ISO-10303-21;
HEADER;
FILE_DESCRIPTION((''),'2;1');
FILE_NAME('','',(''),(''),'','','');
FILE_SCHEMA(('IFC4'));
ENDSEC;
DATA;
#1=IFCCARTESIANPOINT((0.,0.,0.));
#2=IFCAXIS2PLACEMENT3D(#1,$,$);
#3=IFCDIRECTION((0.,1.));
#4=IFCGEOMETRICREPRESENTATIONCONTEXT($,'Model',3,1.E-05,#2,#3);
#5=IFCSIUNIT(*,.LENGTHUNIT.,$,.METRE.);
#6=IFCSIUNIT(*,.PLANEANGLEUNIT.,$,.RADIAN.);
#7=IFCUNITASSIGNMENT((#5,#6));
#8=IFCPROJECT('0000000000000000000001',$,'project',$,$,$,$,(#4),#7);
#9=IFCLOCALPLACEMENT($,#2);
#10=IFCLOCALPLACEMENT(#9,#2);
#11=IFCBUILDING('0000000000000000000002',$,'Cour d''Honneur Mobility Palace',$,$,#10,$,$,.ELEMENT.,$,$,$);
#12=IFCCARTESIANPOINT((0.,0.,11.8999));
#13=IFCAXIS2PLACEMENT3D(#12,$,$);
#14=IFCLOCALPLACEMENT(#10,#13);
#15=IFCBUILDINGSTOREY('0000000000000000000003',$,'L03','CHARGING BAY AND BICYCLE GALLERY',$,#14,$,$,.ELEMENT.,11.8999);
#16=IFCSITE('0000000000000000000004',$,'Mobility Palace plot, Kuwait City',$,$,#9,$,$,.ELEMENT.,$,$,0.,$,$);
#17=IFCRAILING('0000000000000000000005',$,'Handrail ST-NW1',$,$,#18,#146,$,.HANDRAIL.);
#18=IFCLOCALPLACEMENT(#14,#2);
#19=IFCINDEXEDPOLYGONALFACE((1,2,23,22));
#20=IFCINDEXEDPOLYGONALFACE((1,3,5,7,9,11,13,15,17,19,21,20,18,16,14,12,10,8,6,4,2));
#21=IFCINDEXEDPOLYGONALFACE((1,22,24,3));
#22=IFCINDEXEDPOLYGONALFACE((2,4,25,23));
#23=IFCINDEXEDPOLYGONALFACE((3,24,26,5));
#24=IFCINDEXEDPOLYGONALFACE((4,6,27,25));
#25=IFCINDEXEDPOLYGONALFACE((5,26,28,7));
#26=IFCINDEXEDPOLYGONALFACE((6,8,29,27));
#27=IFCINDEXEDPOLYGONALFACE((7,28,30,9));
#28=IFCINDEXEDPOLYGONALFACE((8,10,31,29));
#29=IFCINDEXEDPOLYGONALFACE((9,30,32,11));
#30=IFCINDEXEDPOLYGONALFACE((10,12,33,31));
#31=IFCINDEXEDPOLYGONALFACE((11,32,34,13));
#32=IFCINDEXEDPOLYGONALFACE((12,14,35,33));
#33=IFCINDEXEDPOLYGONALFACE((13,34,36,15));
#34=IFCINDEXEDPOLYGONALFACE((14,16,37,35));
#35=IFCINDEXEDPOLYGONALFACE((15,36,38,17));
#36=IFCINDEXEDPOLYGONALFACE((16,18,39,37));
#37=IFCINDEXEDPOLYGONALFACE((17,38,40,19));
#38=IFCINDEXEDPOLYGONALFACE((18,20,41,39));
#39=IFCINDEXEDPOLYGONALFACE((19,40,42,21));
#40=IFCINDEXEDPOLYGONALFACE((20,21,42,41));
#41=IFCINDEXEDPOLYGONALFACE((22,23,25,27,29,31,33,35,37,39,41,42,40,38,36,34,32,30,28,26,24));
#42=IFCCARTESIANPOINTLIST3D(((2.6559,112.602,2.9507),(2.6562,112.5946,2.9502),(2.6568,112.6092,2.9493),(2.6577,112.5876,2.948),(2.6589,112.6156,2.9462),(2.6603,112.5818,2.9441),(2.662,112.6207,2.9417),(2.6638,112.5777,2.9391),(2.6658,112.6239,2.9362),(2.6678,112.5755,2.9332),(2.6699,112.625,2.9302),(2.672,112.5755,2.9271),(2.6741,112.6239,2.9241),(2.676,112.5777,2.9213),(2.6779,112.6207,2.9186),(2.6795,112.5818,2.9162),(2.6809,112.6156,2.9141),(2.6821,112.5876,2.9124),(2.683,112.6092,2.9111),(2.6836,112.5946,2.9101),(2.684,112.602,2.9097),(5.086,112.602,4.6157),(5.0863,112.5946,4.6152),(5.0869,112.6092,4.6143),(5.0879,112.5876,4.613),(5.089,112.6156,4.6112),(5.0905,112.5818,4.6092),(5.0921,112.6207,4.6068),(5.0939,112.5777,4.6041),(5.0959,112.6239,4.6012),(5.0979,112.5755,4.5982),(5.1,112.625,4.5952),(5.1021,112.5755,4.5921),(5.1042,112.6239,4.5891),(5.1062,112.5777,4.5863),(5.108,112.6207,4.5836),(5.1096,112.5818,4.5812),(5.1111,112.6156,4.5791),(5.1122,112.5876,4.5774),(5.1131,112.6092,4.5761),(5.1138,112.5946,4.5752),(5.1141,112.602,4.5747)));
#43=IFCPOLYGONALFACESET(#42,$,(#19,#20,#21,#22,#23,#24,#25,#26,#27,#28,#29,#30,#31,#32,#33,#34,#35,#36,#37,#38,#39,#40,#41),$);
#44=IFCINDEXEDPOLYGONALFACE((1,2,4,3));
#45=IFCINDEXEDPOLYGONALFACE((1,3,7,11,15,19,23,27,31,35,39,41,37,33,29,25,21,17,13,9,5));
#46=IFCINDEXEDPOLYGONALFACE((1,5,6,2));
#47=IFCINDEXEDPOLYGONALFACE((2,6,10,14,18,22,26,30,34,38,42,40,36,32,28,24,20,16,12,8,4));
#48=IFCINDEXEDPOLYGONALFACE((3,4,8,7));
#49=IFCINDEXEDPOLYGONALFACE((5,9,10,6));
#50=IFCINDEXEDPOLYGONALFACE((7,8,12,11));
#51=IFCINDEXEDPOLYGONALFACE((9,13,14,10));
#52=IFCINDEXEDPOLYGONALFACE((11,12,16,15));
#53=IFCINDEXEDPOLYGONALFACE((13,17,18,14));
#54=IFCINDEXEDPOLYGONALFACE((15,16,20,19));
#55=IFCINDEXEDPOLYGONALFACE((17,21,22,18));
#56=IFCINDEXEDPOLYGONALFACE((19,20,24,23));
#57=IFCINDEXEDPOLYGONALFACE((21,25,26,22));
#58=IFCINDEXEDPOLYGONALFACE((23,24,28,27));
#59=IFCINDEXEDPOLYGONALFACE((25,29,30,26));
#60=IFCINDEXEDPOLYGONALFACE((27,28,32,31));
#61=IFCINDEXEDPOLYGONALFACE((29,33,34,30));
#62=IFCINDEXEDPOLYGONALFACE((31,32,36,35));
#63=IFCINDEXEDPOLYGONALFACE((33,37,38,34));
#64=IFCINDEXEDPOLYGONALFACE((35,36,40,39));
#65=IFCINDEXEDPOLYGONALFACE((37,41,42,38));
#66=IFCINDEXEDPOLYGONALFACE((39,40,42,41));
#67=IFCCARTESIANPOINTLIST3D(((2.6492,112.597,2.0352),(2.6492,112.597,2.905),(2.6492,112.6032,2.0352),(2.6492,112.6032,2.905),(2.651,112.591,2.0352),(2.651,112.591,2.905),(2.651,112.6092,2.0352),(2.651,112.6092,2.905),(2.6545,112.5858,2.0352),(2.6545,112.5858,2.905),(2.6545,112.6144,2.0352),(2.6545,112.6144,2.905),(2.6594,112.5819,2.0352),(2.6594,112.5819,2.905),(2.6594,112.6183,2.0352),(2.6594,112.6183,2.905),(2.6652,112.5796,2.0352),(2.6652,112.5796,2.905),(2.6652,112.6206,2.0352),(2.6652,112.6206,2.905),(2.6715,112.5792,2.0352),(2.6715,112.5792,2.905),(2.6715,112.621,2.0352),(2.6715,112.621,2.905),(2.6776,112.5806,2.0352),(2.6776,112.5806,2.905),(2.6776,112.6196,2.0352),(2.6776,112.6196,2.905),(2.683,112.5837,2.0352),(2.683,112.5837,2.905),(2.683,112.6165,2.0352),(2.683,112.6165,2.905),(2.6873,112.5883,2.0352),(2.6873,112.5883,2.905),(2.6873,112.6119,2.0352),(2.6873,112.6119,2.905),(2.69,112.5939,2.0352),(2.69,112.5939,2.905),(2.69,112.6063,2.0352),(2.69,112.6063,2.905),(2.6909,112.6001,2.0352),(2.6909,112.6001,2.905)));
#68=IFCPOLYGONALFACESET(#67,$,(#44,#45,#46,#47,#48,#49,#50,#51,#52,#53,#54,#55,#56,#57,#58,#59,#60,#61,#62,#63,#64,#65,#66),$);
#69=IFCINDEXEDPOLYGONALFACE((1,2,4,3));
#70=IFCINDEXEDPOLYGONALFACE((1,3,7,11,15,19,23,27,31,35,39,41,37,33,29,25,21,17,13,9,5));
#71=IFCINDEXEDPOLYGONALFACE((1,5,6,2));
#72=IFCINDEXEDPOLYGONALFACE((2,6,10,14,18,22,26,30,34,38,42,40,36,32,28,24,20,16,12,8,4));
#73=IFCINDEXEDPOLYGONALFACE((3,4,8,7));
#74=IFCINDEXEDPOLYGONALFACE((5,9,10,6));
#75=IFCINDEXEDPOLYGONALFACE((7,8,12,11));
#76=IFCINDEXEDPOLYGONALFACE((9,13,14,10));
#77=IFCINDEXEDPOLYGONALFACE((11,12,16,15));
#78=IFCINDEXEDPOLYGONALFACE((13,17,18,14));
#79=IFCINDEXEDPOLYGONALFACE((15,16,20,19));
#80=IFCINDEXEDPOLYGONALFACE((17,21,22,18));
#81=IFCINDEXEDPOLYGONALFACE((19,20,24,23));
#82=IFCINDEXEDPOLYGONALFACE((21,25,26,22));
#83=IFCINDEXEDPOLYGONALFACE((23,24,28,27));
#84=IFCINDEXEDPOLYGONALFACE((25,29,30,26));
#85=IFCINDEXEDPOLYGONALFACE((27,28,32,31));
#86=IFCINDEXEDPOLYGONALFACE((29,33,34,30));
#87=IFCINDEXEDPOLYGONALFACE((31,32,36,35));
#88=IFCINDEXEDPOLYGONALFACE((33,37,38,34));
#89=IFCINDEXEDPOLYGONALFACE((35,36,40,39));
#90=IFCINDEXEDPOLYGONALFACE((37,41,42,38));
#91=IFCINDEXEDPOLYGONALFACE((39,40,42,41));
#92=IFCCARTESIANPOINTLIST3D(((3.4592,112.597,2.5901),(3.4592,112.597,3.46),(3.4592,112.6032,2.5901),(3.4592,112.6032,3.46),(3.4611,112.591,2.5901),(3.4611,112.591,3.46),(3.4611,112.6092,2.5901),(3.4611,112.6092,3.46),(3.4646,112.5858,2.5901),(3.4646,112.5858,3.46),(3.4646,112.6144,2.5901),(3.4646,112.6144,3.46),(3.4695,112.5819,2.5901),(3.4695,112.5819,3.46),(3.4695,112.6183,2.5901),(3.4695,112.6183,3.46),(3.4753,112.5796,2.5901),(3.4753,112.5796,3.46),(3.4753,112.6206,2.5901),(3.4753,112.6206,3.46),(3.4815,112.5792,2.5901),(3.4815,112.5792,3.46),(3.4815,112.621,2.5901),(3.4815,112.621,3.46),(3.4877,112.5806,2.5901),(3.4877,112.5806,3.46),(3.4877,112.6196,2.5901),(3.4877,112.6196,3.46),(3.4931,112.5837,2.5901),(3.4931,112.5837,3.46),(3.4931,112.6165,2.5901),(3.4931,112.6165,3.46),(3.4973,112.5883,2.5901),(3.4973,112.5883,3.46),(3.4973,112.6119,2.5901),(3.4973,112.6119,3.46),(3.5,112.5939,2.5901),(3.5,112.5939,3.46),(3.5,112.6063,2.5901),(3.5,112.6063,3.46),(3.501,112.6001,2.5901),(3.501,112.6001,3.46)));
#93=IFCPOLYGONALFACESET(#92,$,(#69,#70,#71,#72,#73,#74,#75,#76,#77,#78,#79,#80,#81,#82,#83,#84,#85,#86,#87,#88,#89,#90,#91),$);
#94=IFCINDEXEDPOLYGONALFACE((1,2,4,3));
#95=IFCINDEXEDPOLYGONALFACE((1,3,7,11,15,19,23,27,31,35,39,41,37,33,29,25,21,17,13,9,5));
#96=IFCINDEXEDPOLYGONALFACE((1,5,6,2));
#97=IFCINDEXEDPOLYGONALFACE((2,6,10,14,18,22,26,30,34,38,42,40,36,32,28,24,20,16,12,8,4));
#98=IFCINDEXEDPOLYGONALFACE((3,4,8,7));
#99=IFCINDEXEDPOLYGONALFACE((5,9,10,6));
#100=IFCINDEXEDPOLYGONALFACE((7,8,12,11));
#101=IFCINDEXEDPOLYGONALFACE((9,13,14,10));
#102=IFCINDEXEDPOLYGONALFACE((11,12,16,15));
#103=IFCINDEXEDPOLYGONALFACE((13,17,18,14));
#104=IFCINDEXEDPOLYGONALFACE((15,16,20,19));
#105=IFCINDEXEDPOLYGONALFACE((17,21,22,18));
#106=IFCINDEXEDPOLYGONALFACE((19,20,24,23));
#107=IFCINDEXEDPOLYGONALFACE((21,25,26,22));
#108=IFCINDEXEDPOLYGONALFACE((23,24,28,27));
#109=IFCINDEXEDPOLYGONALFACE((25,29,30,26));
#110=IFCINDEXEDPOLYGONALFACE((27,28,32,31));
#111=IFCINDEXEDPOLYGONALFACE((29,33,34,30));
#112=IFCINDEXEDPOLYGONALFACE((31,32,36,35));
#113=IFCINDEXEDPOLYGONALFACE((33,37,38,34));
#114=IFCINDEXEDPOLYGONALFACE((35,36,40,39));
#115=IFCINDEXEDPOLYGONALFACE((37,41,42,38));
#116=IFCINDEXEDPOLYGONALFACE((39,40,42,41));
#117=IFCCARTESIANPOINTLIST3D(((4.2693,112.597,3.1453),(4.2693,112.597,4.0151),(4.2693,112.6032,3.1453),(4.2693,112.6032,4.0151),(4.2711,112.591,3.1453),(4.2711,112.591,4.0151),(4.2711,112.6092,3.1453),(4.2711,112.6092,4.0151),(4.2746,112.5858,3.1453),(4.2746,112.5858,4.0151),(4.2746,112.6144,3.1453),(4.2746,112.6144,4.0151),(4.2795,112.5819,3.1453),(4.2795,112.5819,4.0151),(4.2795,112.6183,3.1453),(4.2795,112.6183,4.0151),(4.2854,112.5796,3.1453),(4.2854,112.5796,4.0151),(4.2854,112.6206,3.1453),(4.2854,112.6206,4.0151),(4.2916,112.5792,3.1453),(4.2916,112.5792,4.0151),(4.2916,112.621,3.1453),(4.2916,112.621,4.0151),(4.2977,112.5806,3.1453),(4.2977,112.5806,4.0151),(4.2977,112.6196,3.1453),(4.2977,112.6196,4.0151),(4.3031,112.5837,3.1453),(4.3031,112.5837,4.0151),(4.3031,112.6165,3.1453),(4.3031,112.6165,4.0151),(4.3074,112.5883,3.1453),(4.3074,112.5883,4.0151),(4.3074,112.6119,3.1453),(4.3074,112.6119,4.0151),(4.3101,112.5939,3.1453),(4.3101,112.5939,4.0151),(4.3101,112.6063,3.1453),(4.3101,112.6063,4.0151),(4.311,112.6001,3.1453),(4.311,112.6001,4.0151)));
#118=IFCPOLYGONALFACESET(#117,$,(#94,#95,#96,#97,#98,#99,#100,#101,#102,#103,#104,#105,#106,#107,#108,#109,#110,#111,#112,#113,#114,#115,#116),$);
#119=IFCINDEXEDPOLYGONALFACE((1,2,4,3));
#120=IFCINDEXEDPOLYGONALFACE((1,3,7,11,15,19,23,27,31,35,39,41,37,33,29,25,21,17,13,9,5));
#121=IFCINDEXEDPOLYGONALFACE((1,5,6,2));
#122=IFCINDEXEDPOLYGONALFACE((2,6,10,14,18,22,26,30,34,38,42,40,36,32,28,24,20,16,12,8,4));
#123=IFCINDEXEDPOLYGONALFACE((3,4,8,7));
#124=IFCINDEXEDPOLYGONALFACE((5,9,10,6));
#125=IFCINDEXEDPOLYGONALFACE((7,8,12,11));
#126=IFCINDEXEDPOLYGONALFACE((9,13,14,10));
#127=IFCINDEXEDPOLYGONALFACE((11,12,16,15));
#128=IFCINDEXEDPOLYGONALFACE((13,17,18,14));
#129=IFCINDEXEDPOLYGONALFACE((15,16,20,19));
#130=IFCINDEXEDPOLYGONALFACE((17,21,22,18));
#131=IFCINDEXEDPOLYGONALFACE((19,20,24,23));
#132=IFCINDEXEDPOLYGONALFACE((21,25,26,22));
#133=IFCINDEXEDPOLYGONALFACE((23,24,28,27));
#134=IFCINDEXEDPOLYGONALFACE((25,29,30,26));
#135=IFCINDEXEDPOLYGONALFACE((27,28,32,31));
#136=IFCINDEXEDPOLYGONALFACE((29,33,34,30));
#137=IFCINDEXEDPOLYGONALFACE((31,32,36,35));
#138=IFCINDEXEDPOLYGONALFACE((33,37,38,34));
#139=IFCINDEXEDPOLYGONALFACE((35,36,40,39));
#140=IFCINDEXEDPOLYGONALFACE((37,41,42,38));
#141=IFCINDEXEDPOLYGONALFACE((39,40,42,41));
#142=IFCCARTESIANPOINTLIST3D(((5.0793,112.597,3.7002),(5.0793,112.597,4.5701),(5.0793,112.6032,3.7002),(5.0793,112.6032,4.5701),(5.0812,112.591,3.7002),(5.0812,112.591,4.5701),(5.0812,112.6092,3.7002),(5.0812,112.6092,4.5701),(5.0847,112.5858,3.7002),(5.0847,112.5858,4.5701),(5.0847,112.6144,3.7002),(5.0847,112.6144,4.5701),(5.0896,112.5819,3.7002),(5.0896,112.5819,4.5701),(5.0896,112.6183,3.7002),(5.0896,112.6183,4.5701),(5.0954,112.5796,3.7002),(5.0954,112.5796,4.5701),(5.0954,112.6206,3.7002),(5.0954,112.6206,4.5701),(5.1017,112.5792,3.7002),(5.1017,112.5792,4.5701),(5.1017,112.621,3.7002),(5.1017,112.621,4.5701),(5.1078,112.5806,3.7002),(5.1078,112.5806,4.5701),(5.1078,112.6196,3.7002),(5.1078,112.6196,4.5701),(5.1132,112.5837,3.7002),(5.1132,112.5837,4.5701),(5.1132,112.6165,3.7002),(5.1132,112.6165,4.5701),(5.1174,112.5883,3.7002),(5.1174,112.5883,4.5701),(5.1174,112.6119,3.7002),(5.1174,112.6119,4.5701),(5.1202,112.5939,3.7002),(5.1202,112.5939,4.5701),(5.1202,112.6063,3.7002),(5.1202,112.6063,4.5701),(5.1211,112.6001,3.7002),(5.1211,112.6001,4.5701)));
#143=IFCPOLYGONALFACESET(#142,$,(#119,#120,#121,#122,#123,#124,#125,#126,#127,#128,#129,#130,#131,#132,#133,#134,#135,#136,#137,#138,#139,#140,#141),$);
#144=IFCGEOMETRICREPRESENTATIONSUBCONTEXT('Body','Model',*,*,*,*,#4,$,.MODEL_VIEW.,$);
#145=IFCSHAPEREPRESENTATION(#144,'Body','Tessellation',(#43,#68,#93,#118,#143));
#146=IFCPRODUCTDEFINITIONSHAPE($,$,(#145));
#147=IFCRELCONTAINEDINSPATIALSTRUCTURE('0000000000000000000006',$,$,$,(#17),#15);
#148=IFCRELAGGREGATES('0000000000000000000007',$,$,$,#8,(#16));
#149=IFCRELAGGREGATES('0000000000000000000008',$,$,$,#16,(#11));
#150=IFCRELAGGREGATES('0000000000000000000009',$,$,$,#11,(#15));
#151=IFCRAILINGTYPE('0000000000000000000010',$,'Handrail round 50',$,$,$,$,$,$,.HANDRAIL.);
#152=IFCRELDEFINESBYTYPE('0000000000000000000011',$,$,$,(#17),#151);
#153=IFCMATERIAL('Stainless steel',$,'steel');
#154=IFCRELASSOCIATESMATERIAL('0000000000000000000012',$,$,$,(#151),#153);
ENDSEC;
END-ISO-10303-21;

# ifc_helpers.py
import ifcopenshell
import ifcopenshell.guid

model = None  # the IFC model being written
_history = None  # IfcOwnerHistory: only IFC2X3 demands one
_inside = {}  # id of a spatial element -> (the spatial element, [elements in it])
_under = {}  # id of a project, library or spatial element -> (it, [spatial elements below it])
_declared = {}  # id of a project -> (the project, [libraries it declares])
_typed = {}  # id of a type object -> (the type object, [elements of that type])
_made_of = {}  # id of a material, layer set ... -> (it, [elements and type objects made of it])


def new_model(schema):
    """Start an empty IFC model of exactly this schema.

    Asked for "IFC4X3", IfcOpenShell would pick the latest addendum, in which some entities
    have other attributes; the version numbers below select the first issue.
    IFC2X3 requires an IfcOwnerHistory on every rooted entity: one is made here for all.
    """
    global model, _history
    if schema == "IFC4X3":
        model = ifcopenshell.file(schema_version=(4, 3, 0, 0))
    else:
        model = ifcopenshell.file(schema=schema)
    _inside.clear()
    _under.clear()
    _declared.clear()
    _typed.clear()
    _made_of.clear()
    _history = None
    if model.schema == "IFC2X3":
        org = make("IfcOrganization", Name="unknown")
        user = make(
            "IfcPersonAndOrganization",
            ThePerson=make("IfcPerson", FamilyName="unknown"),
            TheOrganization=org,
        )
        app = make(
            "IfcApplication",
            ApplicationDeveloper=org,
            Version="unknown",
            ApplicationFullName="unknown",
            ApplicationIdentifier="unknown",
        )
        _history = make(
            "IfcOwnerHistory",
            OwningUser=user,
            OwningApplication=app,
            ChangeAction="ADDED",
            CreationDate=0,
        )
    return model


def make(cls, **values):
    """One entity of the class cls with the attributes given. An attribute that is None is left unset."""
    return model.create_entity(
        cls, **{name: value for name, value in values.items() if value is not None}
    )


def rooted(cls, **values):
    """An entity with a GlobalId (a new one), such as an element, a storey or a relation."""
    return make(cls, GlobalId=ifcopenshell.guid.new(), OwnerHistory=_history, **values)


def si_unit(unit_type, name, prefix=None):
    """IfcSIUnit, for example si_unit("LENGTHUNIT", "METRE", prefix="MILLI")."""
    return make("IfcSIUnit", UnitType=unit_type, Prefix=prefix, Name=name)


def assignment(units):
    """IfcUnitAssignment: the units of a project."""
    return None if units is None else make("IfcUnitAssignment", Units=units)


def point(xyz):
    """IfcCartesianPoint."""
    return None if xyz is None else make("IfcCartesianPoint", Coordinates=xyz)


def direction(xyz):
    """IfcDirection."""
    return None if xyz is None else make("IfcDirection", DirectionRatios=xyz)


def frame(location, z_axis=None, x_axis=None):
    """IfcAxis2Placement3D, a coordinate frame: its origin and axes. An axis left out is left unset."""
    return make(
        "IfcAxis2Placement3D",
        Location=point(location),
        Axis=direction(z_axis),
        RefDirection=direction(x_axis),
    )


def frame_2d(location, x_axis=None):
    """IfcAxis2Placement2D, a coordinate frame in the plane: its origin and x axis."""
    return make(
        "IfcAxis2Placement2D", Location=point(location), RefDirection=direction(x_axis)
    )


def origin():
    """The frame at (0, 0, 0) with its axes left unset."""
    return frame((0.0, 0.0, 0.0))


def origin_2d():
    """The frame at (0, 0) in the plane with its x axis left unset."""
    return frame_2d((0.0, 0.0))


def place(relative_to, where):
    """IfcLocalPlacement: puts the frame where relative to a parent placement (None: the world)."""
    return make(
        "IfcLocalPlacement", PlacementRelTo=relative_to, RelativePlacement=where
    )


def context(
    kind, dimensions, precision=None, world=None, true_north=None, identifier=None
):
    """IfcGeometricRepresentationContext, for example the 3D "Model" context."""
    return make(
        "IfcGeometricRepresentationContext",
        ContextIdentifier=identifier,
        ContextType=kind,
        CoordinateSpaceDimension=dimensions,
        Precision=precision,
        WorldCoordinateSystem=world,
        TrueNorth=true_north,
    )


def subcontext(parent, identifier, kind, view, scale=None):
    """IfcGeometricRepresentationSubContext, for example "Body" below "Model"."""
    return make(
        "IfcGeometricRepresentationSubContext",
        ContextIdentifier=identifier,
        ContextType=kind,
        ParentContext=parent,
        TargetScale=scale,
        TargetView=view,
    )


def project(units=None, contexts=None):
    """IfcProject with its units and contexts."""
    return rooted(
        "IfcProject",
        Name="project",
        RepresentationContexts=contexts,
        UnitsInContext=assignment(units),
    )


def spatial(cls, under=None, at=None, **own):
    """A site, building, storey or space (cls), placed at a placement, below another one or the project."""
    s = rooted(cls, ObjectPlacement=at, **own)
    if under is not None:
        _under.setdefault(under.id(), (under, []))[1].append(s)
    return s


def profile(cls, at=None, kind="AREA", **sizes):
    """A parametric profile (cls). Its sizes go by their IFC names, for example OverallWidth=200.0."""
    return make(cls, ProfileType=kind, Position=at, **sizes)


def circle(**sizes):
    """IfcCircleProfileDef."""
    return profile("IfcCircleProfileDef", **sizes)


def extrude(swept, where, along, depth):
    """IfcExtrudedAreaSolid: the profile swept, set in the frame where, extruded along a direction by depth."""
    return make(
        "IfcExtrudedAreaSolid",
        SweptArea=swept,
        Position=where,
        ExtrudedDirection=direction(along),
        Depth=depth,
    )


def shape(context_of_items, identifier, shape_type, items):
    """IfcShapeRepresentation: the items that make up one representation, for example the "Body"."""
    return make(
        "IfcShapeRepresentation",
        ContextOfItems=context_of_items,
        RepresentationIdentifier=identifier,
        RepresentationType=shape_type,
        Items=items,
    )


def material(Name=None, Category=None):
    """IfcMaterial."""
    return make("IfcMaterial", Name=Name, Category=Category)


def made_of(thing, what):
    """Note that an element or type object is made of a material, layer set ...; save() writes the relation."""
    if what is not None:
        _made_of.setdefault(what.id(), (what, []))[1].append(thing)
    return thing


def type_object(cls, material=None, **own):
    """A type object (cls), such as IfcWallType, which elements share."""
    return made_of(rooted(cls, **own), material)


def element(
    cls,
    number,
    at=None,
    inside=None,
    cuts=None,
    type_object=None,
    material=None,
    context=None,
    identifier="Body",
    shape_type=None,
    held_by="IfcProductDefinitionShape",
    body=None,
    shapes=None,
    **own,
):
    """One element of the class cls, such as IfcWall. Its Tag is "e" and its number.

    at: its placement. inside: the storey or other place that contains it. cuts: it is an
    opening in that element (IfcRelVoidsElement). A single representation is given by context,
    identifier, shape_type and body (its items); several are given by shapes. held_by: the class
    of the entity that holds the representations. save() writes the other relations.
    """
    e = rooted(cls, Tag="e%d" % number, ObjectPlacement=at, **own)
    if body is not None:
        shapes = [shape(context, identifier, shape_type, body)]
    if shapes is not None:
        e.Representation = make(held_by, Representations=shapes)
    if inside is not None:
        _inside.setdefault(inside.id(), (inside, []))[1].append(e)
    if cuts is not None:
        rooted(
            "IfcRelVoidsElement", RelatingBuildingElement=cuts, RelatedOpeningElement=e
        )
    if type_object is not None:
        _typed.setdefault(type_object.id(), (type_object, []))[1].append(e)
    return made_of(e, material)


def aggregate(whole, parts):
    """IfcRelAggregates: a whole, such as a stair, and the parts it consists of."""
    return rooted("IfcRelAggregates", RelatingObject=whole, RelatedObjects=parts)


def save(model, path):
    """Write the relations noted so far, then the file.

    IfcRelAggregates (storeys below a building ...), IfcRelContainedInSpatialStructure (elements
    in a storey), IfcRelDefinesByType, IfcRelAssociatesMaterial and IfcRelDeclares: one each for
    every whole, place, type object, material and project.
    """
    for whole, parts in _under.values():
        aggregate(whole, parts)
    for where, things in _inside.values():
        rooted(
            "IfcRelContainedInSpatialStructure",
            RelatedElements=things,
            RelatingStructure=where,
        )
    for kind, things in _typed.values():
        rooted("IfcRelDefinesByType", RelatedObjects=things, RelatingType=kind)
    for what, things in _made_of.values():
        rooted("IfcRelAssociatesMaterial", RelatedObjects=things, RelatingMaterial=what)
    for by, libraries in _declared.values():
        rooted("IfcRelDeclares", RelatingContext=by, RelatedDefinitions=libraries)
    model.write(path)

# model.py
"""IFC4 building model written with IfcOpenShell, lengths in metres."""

from ifc_helpers import new_model, si_unit, direction, frame, origin, origin_2d, place, context, subcontext, project, spatial, circle, extrude, material, type_object, element, save


model = new_model("IFC4")

# Units and contexts
model_context = context("Model", 3, precision=1e-05, world=origin(), true_north=direction((0.0, 1.0)))
body_context = subcontext(model_context, "Body", "Model", "MODEL_VIEW")
ifc_project = project(units=[si_unit("LENGTHUNIT", "METRE"), si_unit("PLANEANGLEUNIT", "RADIAN")], contexts=[model_context])

# Site, building, storey
site_placement = place(None, origin())
site = spatial("IfcSite", under=ifc_project, at=site_placement, Name="Mobility Palace plot, Kuwait City", CompositionType="ELEMENT", RefElevation=0.0)
building_placement = place(site_placement, origin())
building = spatial("IfcBuilding", under=site, at=building_placement, Name="Cour d'Honneur Mobility Palace", CompositionType="ELEMENT")
storey_placement = place(building_placement, frame((0.0, 0.0, 11.8999)))
storey = spatial("IfcBuildingStorey", under=building, at=storey_placement, Name="L03", Description="CHARGING BAY AND BICYCLE GALLERY", CompositionType="ELEMENT", Elevation=11.8999)

# Railing
ifc_material_1 = material(Name="Stainless steel", Category="steel")
railing_type_1 = type_object("IfcRailingType", Name="Handrail round 50", PredefinedType="HANDRAIL", material=ifc_material_1)
railing_1_placement = place(storey_placement, frame((2.6699, 112.6001, 2.0352)))
element("IfcRailing", 1, at=railing_1_placement, inside=storey, type_object=railing_type_1, Name="Handrail ST-NW1", PredefinedType="HANDRAIL", context=body_context, shape_type="SweptSolid", body=[
    extrude(circle(Radius=0.0249, at=origin_2d()), frame((0.0, 0.0, 0.895), z_axis=(0.824945, 0.0, 0.565213), x_axis=(0.0, 1.0, 0.0)), (0.0, 0.0, 1.0), 2.9458),
    extrude(circle(Radius=0.021, at=origin_2d()), origin(), (0.0, 0.0, 1.0), 0.8699),
    extrude(circle(Radius=0.021, at=origin_2d()), frame((0.8101, 0.0, 0.5549)), (0.0, 0.0, 1.0), 0.8699),
    extrude(circle(Radius=0.021, at=origin_2d()), frame((1.6201, 0.0, 1.1101)), (0.0, 0.0, 1.0), 0.8699),
    extrude(circle(Radius=0.021, at=origin_2d()), frame((2.4302, 0.0, 1.665)), (0.0, 0.0, 1.0), 0.8699),
])

save(model, "model.ifc")
